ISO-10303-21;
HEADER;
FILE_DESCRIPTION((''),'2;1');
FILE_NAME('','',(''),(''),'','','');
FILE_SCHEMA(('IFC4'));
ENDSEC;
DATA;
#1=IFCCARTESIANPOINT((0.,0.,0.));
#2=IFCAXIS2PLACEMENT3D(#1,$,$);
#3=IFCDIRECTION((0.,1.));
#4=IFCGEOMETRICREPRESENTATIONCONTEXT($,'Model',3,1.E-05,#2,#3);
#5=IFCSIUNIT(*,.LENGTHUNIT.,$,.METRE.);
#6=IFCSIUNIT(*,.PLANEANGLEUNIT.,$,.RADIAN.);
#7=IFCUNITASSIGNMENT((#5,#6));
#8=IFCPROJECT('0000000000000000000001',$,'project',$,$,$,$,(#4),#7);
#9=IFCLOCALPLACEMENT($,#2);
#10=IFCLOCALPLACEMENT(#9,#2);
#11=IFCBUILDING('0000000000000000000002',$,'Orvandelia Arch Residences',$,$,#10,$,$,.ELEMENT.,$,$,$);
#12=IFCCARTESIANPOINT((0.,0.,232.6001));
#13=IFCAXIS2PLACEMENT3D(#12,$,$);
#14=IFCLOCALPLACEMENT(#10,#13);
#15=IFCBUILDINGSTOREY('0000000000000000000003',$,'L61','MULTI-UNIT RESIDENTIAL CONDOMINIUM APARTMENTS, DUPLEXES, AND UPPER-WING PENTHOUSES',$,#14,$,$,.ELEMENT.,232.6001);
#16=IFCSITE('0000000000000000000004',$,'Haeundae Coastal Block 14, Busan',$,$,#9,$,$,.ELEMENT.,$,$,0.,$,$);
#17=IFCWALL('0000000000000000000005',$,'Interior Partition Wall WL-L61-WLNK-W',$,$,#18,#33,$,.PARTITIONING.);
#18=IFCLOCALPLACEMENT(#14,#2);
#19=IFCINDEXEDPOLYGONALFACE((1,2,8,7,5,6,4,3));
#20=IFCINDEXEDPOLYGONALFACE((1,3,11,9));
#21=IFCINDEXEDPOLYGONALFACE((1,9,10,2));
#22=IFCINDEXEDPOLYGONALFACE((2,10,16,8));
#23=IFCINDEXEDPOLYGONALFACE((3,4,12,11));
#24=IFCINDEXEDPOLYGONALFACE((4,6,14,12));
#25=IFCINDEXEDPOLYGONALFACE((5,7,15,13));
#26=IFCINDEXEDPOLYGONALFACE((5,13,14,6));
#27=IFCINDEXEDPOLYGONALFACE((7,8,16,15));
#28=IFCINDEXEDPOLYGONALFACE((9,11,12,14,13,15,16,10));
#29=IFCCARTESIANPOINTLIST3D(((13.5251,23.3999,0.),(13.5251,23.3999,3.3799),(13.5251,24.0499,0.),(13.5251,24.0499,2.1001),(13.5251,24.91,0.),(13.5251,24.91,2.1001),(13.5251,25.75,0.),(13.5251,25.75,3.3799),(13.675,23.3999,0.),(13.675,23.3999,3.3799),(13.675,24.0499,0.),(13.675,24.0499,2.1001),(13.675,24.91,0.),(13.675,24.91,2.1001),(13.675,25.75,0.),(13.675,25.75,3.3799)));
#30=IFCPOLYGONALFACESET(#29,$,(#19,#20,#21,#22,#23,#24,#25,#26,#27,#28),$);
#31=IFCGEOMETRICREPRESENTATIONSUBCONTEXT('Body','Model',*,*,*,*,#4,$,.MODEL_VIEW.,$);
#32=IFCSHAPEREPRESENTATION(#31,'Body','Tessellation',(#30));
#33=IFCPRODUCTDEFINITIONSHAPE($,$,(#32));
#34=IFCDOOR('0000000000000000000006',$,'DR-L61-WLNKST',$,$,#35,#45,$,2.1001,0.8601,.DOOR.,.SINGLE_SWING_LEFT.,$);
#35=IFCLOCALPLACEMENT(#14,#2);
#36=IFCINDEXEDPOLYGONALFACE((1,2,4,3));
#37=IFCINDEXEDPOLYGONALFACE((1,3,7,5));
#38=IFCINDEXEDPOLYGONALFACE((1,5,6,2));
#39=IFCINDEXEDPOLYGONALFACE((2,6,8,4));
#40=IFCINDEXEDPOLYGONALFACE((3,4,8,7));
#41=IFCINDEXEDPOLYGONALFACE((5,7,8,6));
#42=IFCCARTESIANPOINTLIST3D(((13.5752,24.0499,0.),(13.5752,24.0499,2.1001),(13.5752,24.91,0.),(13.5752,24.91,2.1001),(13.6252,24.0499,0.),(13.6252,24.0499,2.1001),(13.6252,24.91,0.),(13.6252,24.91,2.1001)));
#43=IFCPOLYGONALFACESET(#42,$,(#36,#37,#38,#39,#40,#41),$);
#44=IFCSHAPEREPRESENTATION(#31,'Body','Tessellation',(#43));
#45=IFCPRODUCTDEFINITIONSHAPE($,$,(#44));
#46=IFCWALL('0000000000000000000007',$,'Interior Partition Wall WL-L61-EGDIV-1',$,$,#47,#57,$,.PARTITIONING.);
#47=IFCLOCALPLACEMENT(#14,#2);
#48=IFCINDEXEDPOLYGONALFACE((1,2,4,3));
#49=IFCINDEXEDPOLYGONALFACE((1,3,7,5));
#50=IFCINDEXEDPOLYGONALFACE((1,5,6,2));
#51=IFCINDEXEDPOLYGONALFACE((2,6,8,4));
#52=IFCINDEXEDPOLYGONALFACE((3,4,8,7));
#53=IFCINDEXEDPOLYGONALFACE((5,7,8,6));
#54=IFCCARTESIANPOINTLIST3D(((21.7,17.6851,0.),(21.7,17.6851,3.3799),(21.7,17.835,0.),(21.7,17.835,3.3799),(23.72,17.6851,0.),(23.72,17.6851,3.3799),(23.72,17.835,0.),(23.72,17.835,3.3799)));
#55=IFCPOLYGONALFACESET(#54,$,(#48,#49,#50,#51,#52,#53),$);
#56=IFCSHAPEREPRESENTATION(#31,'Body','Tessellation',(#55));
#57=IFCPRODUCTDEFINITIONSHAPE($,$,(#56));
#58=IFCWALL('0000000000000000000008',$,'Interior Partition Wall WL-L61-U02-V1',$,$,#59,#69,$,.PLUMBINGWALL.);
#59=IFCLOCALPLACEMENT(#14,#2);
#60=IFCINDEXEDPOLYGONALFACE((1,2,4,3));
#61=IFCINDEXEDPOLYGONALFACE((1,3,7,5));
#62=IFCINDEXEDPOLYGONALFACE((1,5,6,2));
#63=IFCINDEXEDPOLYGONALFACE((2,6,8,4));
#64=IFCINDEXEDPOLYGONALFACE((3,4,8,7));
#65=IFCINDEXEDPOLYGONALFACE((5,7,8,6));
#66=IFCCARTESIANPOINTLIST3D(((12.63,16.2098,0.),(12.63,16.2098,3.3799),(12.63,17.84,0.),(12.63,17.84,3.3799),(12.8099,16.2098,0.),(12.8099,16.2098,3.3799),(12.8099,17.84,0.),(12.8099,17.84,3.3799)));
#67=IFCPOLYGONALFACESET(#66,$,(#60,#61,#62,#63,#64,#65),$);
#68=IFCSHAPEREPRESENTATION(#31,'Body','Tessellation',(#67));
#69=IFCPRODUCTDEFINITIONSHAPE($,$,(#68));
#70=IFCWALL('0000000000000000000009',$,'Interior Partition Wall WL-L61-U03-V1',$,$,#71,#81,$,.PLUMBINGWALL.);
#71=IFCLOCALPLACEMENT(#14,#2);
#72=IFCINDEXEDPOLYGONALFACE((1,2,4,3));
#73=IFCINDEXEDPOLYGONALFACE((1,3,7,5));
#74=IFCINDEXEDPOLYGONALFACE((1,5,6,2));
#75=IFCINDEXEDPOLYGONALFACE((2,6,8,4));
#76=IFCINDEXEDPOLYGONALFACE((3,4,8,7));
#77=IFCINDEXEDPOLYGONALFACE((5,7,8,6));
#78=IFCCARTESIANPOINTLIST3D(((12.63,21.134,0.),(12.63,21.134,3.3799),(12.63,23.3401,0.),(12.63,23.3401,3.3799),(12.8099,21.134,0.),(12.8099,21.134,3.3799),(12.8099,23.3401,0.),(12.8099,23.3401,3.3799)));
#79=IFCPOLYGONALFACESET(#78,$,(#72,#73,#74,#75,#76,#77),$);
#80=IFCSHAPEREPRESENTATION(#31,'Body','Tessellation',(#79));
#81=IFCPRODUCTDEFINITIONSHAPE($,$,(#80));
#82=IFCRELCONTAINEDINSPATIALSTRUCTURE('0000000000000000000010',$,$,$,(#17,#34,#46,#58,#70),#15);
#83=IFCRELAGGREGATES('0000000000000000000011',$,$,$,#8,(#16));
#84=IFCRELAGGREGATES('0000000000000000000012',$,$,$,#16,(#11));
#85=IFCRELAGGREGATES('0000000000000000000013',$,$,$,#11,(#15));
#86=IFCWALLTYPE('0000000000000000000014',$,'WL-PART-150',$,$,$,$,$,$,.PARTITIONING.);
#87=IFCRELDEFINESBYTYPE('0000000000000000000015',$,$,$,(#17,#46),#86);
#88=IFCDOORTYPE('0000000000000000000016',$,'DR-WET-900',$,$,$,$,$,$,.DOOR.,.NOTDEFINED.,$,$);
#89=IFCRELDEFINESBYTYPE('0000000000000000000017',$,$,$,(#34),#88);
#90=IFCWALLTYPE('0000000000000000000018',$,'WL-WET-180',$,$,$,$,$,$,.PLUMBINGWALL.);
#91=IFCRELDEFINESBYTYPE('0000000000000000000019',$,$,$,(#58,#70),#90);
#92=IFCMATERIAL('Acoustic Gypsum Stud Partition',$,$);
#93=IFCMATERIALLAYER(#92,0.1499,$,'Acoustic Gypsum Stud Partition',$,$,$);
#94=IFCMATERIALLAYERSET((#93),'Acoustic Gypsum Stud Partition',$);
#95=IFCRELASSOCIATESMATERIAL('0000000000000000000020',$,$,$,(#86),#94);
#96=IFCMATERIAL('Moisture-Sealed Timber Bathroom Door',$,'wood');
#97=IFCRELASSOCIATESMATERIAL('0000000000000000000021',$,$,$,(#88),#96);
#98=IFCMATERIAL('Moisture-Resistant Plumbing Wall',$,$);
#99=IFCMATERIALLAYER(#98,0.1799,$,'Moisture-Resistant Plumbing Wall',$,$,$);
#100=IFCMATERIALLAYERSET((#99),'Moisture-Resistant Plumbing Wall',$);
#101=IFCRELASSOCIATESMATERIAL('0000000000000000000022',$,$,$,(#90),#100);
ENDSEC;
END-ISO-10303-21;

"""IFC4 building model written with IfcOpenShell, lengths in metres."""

from ifc_helpers import new_model, si_unit, direction, frame, frame_2d, origin, place, context, subcontext, project, spatial, rectangle, extrude, material, layer, layer_set, type_object, element, fill, save


model = new_model("IFC4")

# Units and contexts
model_context = context("Model", 3, precision=1e-05, world=origin(), true_north=direction((0.0, 1.0)))
body_context = subcontext(model_context, "Body", "Model", "MODEL_VIEW")
ifc_project = project(units=[si_unit("LENGTHUNIT", "METRE"), si_unit("PLANEANGLEUNIT", "RADIAN")], contexts=[model_context])

# Site, building, storey
site_placement = place(None, origin())
site = spatial("IfcSite", under=ifc_project, at=site_placement, Name="Haeundae Coastal Block 14, Busan", CompositionType="ELEMENT", RefElevation=0.0)
building_placement = place(site_placement, origin())
building = spatial("IfcBuilding", under=site, at=building_placement, Name="Orvandelia Arch Residences", CompositionType="ELEMENT")
storey_placement = place(building_placement, frame((0.0, 0.0, 232.6001)))
storey = spatial("IfcBuildingStorey", under=building, at=storey_placement, Name="L61", Description="MULTI-UNIT RESIDENTIAL CONDOMINIUM APARTMENTS, DUPLEXES, AND UPPER-WING PENTHOUSES", CompositionType="ELEMENT", Elevation=232.6001)

# Shared definitions
ifc_material_1 = material(Name="Acoustic Gypsum Stud Partition")
ifc_layer_1 = layer(ifc_material_1, 0.1499, Name="Acoustic Gypsum Stud Partition")
ifc_layer_set_1 = layer_set([ifc_layer_1], Name="Acoustic Gypsum Stud Partition")
wall_type_1 = type_object("IfcWallType", Name="WL-PART-150", PredefinedType="PARTITIONING", material=ifc_layer_set_1)

# Wall, opening, door
wall_1_placement = place(storey_placement, frame((13.6001, 23.3999, 0.0), z_axis=(0.0, 0.0, 1.0), x_axis=(0.0, 1.0, 0.0)))
wall_1 = element("IfcWall", 1, at=wall_1_placement, inside=storey, type_object=wall_type_1, Name="Interior Partition Wall WL-L61-WLNK-W", PredefinedType="PARTITIONING", context=body_context, shape_type="SweptSolid", body=[
    extrude(rectangle(XDim=2.3501, YDim=0.1499, at=frame_2d((1.175, 0.0))), origin(), (0.0, 0.0, 1.0), 3.3799),
])
opening_1_placement = place(wall_1_placement, frame((0.6499, 0.0, 0.0)))
opening_1 = element("IfcOpeningElement", 2, at=opening_1_placement, cuts=wall_1, PredefinedType="OPENING", context=body_context, shape_type="SweptSolid", body=[
    extrude(rectangle(XDim=0.8601, YDim=2.1001, at=frame_2d((0.4302, 1.05))), frame((0.0, 0.085, 0.0), z_axis=(0.0, -1.0, 0.0), x_axis=(1.0, 0.0, 0.0)), (0.0, 0.0, 1.0), 0.1699),
])
ifc_material_2 = material(Name="Moisture-Sealed Timber Bathroom Door", Category="wood")
door_type_1 = type_object("IfcDoorType", Name="DR-WET-900", OperationType="NOTDEFINED", PredefinedType="DOOR", material=ifc_material_2)
door_1_placement = place(opening_1_placement, origin())
door_1 = element("IfcDoor", 3, at=door_1_placement, inside=storey, type_object=door_type_1, Name="DR-L61-WLNKST", OperationType="SINGLE_SWING_LEFT", OverallHeight=2.1001, OverallWidth=0.8601, PredefinedType="DOOR", context=body_context, shape_type="SweptSolid", body=[
    extrude(rectangle(XDim=0.8601, YDim=2.1001, at=frame_2d((0.4302, 1.05))), frame((0.0, 0.0249, 0.0), z_axis=(0.0, -1.0, 0.0), x_axis=(1.0, 0.0, 0.0)), (0.0, 0.0, 1.0), 0.05),
])
fill(opening_1, door_1)

# Walls
wall_2_placement = place(storey_placement, frame((21.7, 17.76, 0.0), z_axis=(0.0, 0.0, 1.0), x_axis=(1.0, 0.0, 0.0)))
element("IfcWall", 4, at=wall_2_placement, inside=storey, type_object=wall_type_1, Name="Interior Partition Wall WL-L61-EGDIV-1", PredefinedType="PARTITIONING", context=body_context, shape_type="SweptSolid", body=[
    extrude(rectangle(XDim=2.02, YDim=0.1499, at=frame_2d((1.01, 0.0))), origin(), (0.0, 0.0, 1.0), 3.3799),
])
ifc_material_3 = material(Name="Moisture-Resistant Plumbing Wall")
ifc_layer_2 = layer(ifc_material_3, 0.1799, Name="Moisture-Resistant Plumbing Wall")
ifc_layer_set_2 = layer_set([ifc_layer_2], Name="Moisture-Resistant Plumbing Wall")
wall_type_2 = type_object("IfcWallType", Name="WL-WET-180", PredefinedType="PLUMBINGWALL", material=ifc_layer_set_2)
wall_3_placement = place(storey_placement, frame((12.72, 16.21, 0.0), z_axis=(0.0, 0.0, 1.0), x_axis=(0.0, 1.0, 0.0)))
element("IfcWall", 5, at=wall_3_placement, inside=storey, type_object=wall_type_2, Name="Interior Partition Wall WL-L61-U02-V1", PredefinedType="PLUMBINGWALL", context=body_context, shape_type="SweptSolid", body=[
    extrude(rectangle(XDim=1.6301, YDim=0.1799, at=frame_2d((0.8149, 0.0))), origin(), (0.0, 0.0, 1.0), 3.3799),
])
wall_4_placement = place(storey_placement, frame((12.72, 21.134, 0.0), z_axis=(0.0, 0.0, 1.0), x_axis=(0.0, 1.0, 0.0)))
element("IfcWall", 6, at=wall_4_placement, inside=storey, type_object=wall_type_2, Name="Interior Partition Wall WL-L61-U03-V1", PredefinedType="PLUMBINGWALL", context=body_context, shape_type="SweptSolid", body=[
    extrude(rectangle(XDim=2.2061, YDim=0.1799, at=frame_2d((1.103, 0.0))), origin(), (0.0, 0.0, 1.0), 3.3799),
])

save(model, "model.ifc")
